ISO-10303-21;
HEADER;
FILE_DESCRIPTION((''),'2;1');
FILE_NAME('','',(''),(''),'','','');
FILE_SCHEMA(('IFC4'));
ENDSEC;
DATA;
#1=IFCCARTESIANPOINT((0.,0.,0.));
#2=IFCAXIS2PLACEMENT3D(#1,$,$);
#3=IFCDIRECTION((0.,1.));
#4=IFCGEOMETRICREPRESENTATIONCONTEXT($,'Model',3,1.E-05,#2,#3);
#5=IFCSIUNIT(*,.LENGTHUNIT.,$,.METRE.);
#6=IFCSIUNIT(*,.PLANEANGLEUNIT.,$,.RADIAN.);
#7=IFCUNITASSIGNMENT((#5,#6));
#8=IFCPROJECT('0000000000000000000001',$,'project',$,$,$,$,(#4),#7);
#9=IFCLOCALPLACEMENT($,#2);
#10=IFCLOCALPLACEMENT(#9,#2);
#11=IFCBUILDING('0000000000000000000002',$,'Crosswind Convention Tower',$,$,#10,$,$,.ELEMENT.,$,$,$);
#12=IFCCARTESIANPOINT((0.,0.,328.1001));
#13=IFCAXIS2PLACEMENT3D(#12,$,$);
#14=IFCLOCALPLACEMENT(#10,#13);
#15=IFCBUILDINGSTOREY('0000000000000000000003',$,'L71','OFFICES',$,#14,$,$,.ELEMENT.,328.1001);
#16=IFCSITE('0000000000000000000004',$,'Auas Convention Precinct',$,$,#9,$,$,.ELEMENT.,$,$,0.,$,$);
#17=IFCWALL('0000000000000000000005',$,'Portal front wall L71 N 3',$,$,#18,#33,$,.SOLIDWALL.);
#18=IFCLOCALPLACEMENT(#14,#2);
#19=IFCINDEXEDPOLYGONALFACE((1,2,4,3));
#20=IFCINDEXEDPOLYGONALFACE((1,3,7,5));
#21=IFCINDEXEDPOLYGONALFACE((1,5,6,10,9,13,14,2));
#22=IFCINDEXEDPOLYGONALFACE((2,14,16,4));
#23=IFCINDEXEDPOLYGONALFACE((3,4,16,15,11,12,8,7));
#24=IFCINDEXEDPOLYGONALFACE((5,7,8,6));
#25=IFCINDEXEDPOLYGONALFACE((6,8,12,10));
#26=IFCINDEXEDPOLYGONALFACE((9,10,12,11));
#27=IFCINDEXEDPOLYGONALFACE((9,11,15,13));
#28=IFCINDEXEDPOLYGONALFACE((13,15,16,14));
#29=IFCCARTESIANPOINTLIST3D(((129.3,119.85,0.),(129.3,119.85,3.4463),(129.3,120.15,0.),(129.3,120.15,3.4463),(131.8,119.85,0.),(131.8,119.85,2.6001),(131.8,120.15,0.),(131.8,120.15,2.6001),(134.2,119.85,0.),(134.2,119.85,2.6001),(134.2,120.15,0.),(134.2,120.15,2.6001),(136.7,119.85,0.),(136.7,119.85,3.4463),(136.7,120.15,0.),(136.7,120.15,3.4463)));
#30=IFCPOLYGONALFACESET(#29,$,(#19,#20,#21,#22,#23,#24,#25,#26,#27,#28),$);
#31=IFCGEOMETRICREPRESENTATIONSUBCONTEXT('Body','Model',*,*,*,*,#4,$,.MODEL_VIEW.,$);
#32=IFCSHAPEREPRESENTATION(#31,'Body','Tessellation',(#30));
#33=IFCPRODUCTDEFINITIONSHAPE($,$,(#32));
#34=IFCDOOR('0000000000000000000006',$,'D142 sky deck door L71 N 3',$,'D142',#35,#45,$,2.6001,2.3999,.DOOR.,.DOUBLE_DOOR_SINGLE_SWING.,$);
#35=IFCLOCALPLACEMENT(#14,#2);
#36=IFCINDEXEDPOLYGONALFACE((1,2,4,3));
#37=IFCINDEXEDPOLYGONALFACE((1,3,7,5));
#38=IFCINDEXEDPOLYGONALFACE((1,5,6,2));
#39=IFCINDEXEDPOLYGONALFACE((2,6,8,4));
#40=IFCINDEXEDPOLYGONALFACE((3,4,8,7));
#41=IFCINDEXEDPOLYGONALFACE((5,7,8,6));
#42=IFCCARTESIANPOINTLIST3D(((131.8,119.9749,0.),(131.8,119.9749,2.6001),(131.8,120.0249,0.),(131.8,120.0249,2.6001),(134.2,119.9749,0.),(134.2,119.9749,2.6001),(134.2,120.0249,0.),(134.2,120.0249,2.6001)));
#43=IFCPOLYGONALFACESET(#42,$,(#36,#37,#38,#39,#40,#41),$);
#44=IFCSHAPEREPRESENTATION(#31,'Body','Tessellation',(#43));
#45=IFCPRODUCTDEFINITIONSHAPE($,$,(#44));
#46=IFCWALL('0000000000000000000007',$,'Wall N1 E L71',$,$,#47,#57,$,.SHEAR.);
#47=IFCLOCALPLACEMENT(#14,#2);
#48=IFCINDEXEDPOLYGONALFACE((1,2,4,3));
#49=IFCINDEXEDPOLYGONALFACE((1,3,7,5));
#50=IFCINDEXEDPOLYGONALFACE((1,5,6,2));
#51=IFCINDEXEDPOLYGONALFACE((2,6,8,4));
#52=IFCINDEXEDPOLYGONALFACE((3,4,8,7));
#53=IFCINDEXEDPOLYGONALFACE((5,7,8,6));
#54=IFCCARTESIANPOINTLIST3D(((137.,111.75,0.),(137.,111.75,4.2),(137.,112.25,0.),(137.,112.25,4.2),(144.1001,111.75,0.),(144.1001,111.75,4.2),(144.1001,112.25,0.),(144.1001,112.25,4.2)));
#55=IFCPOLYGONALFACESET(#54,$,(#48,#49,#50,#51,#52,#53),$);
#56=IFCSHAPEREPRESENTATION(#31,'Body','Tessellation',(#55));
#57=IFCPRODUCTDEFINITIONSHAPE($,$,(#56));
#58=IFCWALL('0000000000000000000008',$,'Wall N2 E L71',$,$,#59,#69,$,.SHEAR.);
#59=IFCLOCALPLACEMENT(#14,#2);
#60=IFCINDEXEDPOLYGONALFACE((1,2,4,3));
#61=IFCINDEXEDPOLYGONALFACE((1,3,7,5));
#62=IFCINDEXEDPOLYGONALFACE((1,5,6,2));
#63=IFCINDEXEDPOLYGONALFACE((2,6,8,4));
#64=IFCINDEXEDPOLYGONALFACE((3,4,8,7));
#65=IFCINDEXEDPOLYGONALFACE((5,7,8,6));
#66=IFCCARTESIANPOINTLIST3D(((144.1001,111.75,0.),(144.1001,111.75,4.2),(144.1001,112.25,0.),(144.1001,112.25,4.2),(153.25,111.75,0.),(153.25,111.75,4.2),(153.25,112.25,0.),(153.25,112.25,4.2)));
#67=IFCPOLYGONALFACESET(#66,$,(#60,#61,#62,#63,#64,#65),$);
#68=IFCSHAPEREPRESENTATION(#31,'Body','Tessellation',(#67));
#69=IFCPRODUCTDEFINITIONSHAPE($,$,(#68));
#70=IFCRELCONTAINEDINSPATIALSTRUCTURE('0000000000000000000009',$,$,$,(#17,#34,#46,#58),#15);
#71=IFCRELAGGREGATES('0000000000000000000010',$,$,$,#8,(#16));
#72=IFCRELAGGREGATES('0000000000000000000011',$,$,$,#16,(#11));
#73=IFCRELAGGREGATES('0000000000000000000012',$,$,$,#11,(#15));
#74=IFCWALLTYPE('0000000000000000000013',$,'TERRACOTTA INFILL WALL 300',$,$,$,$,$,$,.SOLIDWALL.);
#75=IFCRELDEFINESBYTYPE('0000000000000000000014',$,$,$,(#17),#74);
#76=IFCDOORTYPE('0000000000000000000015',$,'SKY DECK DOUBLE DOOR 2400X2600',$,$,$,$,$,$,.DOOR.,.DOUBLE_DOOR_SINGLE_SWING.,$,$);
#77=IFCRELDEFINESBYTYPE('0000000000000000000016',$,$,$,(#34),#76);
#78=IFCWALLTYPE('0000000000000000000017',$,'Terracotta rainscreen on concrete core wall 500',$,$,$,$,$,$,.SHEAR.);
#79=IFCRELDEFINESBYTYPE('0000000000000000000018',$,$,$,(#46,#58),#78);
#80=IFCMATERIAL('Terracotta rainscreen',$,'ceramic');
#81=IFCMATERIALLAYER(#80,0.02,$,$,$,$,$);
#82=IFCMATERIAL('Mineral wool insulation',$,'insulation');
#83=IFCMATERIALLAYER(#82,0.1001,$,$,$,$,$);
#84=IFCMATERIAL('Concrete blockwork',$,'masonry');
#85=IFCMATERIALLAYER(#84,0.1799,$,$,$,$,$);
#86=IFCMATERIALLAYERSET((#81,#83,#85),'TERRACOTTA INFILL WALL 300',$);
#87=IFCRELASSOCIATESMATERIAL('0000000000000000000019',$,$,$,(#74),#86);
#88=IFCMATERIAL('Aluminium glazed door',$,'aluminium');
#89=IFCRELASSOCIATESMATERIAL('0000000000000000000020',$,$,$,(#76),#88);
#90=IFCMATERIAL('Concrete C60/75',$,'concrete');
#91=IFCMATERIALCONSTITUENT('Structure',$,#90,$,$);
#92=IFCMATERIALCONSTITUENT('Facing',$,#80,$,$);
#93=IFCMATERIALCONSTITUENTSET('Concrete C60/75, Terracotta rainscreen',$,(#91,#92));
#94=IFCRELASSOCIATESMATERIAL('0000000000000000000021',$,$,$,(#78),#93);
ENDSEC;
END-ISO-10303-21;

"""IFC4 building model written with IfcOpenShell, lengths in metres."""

from ifc_helpers import new_model, si_unit, direction, frame, frame_2d, origin, place, context, subcontext, project, spatial, rectangle, extrude, material, layer, layer_set, constituent, constituent_set, type_object, element, fill, save


model = new_model("IFC4")

# Units and contexts
model_context = context("Model", 3, precision=1e-05, world=origin(), true_north=direction((0.0, 1.0)))
body_context = subcontext(model_context, "Body", "Model", "MODEL_VIEW")
ifc_project = project(units=[si_unit("LENGTHUNIT", "METRE"), si_unit("PLANEANGLEUNIT", "RADIAN")], contexts=[model_context])

# Site, building, storey
site_placement = place(None, origin())
site = spatial("IfcSite", under=ifc_project, at=site_placement, Name="Auas Convention Precinct", CompositionType="ELEMENT", RefElevation=0.0)
building_placement = place(site_placement, origin())
building = spatial("IfcBuilding", under=site, at=building_placement, Name="Crosswind Convention Tower", CompositionType="ELEMENT")
storey_placement = place(building_placement, frame((0.0, 0.0, 328.1001)))
storey = spatial("IfcBuildingStorey", under=building, at=storey_placement, Name="L71", Description="OFFICES", CompositionType="ELEMENT", Elevation=328.1001)

# Shared definitions
ifc_material_1 = material(Name="Concrete C60/75", Category="concrete")

# Wall, opening, door
ifc_material_2 = material(Name="Terracotta rainscreen", Category="ceramic")
ifc_layer_1 = layer(ifc_material_2, 0.02)
ifc_material_3 = material(Name="Mineral wool insulation", Category="insulation")
ifc_layer_2 = layer(ifc_material_3, 0.1001)
ifc_material_4 = material(Name="Concrete blockwork", Category="masonry")
ifc_layer_3 = layer(ifc_material_4, 0.1799)
ifc_layer_set_1 = layer_set([ifc_layer_1, ifc_layer_2, ifc_layer_3], Name="TERRACOTTA INFILL WALL 300")
wall_type_1 = type_object("IfcWallType", Name="TERRACOTTA INFILL WALL 300", PredefinedType="SOLIDWALL", material=ifc_layer_set_1)
wall_1_placement = place(storey_placement, frame((129.3, 120.0, 0.0), z_axis=(0.0, 0.0, 1.0), x_axis=(1.0, 0.0, 0.0)))
wall_1 = element("IfcWall", 1, at=wall_1_placement, inside=storey, type_object=wall_type_1, Name="Portal front wall L71 N 3", PredefinedType="SOLIDWALL", context=body_context, shape_type="SweptSolid", body=[
    extrude(rectangle(XDim=7.3999, YDim=0.3, at=frame_2d((3.7, 0.0))), origin(), (0.0, 0.0, 1.0), 3.4463),
])
opening_placement = place(wall_1_placement, frame((2.5, 0.0, 0.0)))
opening = element("IfcOpeningElement", 2, at=opening_placement, cuts=wall_1, PredefinedType="OPENING", context=body_context, shape_type="SweptSolid", body=[
    extrude(rectangle(XDim=2.3999, YDim=2.6001, at=frame_2d((1.2, 1.3))), frame((0.0, 0.1599, 0.0), z_axis=(0.0, -1.0, 0.0), x_axis=(1.0, 0.0, 0.0)), (0.0, 0.0, 1.0), 0.3201),
])
ifc_material_5 = material(Name="Aluminium glazed door", Category="aluminium")
door_type = type_object("IfcDoorType", Name="SKY DECK DOUBLE DOOR 2400X2600", OperationType="DOUBLE_DOOR_SINGLE_SWING", PredefinedType="DOOR", material=ifc_material_5)
door_placement = place(opening_placement, origin())
door = element("IfcDoor", 3, at=door_placement, inside=storey, type_object=door_type, Name="D142 sky deck door L71 N 3", ObjectType="D142", OperationType="DOUBLE_DOOR_SINGLE_SWING", OverallHeight=2.6001, OverallWidth=2.3999, PredefinedType="DOOR", context=body_context, shape_type="SweptSolid", body=[
    extrude(rectangle(XDim=2.3999, YDim=2.6001, at=frame_2d((1.2, 1.3))), frame((0.0, 0.0249, 0.0), z_axis=(0.0, -1.0, 0.0), x_axis=(1.0, 0.0, 0.0)), (0.0, 0.0, 1.0), 0.05),
])
fill(opening, door)

# Walls
ifc_constituent_1 = constituent(ifc_material_1, Name="Structure")
ifc_constituent_2 = constituent(ifc_material_2, Name="Facing")
ifc_constituent_set = constituent_set(constituents=[ifc_constituent_1, ifc_constituent_2], Name="Concrete C60/75, Terracotta rainscreen")
wall_type_2 = type_object("IfcWallType", Name="Terracotta rainscreen on concrete core wall 500", PredefinedType="SHEAR", material=ifc_constituent_set)
wall_2_placement = place(storey_placement, frame((137.0, 112.0, 0.0), z_axis=(0.0, 0.0, 1.0), x_axis=(1.0, 0.0, 0.0)))
element("IfcWall", 4, at=wall_2_placement, inside=storey, type_object=wall_type_2, Name="Wall N1 E L71", PredefinedType="SHEAR", context=body_context, shape_type="SweptSolid", body=[
    extrude(rectangle(XDim=7.1001, YDim=0.5, at=frame_2d((3.55, 0.0))), origin(), (0.0, 0.0, 1.0), 4.2),
])
wall_3_placement = place(storey_placement, frame((144.1001, 112.0, 0.0), z_axis=(0.0, 0.0, 1.0), x_axis=(1.0, 0.0, 0.0)))
element("IfcWall", 5, at=wall_3_placement, inside=storey, type_object=wall_type_2, Name="Wall N2 E L71", PredefinedType="SHEAR", context=body_context, shape_type="SweptSolid", body=[
    extrude(rectangle(XDim=9.1499, YDim=0.5, at=frame_2d((4.575, 0.0))), origin(), (0.0, 0.0, 1.0), 4.2),
])

save(model, "model.ifc")
